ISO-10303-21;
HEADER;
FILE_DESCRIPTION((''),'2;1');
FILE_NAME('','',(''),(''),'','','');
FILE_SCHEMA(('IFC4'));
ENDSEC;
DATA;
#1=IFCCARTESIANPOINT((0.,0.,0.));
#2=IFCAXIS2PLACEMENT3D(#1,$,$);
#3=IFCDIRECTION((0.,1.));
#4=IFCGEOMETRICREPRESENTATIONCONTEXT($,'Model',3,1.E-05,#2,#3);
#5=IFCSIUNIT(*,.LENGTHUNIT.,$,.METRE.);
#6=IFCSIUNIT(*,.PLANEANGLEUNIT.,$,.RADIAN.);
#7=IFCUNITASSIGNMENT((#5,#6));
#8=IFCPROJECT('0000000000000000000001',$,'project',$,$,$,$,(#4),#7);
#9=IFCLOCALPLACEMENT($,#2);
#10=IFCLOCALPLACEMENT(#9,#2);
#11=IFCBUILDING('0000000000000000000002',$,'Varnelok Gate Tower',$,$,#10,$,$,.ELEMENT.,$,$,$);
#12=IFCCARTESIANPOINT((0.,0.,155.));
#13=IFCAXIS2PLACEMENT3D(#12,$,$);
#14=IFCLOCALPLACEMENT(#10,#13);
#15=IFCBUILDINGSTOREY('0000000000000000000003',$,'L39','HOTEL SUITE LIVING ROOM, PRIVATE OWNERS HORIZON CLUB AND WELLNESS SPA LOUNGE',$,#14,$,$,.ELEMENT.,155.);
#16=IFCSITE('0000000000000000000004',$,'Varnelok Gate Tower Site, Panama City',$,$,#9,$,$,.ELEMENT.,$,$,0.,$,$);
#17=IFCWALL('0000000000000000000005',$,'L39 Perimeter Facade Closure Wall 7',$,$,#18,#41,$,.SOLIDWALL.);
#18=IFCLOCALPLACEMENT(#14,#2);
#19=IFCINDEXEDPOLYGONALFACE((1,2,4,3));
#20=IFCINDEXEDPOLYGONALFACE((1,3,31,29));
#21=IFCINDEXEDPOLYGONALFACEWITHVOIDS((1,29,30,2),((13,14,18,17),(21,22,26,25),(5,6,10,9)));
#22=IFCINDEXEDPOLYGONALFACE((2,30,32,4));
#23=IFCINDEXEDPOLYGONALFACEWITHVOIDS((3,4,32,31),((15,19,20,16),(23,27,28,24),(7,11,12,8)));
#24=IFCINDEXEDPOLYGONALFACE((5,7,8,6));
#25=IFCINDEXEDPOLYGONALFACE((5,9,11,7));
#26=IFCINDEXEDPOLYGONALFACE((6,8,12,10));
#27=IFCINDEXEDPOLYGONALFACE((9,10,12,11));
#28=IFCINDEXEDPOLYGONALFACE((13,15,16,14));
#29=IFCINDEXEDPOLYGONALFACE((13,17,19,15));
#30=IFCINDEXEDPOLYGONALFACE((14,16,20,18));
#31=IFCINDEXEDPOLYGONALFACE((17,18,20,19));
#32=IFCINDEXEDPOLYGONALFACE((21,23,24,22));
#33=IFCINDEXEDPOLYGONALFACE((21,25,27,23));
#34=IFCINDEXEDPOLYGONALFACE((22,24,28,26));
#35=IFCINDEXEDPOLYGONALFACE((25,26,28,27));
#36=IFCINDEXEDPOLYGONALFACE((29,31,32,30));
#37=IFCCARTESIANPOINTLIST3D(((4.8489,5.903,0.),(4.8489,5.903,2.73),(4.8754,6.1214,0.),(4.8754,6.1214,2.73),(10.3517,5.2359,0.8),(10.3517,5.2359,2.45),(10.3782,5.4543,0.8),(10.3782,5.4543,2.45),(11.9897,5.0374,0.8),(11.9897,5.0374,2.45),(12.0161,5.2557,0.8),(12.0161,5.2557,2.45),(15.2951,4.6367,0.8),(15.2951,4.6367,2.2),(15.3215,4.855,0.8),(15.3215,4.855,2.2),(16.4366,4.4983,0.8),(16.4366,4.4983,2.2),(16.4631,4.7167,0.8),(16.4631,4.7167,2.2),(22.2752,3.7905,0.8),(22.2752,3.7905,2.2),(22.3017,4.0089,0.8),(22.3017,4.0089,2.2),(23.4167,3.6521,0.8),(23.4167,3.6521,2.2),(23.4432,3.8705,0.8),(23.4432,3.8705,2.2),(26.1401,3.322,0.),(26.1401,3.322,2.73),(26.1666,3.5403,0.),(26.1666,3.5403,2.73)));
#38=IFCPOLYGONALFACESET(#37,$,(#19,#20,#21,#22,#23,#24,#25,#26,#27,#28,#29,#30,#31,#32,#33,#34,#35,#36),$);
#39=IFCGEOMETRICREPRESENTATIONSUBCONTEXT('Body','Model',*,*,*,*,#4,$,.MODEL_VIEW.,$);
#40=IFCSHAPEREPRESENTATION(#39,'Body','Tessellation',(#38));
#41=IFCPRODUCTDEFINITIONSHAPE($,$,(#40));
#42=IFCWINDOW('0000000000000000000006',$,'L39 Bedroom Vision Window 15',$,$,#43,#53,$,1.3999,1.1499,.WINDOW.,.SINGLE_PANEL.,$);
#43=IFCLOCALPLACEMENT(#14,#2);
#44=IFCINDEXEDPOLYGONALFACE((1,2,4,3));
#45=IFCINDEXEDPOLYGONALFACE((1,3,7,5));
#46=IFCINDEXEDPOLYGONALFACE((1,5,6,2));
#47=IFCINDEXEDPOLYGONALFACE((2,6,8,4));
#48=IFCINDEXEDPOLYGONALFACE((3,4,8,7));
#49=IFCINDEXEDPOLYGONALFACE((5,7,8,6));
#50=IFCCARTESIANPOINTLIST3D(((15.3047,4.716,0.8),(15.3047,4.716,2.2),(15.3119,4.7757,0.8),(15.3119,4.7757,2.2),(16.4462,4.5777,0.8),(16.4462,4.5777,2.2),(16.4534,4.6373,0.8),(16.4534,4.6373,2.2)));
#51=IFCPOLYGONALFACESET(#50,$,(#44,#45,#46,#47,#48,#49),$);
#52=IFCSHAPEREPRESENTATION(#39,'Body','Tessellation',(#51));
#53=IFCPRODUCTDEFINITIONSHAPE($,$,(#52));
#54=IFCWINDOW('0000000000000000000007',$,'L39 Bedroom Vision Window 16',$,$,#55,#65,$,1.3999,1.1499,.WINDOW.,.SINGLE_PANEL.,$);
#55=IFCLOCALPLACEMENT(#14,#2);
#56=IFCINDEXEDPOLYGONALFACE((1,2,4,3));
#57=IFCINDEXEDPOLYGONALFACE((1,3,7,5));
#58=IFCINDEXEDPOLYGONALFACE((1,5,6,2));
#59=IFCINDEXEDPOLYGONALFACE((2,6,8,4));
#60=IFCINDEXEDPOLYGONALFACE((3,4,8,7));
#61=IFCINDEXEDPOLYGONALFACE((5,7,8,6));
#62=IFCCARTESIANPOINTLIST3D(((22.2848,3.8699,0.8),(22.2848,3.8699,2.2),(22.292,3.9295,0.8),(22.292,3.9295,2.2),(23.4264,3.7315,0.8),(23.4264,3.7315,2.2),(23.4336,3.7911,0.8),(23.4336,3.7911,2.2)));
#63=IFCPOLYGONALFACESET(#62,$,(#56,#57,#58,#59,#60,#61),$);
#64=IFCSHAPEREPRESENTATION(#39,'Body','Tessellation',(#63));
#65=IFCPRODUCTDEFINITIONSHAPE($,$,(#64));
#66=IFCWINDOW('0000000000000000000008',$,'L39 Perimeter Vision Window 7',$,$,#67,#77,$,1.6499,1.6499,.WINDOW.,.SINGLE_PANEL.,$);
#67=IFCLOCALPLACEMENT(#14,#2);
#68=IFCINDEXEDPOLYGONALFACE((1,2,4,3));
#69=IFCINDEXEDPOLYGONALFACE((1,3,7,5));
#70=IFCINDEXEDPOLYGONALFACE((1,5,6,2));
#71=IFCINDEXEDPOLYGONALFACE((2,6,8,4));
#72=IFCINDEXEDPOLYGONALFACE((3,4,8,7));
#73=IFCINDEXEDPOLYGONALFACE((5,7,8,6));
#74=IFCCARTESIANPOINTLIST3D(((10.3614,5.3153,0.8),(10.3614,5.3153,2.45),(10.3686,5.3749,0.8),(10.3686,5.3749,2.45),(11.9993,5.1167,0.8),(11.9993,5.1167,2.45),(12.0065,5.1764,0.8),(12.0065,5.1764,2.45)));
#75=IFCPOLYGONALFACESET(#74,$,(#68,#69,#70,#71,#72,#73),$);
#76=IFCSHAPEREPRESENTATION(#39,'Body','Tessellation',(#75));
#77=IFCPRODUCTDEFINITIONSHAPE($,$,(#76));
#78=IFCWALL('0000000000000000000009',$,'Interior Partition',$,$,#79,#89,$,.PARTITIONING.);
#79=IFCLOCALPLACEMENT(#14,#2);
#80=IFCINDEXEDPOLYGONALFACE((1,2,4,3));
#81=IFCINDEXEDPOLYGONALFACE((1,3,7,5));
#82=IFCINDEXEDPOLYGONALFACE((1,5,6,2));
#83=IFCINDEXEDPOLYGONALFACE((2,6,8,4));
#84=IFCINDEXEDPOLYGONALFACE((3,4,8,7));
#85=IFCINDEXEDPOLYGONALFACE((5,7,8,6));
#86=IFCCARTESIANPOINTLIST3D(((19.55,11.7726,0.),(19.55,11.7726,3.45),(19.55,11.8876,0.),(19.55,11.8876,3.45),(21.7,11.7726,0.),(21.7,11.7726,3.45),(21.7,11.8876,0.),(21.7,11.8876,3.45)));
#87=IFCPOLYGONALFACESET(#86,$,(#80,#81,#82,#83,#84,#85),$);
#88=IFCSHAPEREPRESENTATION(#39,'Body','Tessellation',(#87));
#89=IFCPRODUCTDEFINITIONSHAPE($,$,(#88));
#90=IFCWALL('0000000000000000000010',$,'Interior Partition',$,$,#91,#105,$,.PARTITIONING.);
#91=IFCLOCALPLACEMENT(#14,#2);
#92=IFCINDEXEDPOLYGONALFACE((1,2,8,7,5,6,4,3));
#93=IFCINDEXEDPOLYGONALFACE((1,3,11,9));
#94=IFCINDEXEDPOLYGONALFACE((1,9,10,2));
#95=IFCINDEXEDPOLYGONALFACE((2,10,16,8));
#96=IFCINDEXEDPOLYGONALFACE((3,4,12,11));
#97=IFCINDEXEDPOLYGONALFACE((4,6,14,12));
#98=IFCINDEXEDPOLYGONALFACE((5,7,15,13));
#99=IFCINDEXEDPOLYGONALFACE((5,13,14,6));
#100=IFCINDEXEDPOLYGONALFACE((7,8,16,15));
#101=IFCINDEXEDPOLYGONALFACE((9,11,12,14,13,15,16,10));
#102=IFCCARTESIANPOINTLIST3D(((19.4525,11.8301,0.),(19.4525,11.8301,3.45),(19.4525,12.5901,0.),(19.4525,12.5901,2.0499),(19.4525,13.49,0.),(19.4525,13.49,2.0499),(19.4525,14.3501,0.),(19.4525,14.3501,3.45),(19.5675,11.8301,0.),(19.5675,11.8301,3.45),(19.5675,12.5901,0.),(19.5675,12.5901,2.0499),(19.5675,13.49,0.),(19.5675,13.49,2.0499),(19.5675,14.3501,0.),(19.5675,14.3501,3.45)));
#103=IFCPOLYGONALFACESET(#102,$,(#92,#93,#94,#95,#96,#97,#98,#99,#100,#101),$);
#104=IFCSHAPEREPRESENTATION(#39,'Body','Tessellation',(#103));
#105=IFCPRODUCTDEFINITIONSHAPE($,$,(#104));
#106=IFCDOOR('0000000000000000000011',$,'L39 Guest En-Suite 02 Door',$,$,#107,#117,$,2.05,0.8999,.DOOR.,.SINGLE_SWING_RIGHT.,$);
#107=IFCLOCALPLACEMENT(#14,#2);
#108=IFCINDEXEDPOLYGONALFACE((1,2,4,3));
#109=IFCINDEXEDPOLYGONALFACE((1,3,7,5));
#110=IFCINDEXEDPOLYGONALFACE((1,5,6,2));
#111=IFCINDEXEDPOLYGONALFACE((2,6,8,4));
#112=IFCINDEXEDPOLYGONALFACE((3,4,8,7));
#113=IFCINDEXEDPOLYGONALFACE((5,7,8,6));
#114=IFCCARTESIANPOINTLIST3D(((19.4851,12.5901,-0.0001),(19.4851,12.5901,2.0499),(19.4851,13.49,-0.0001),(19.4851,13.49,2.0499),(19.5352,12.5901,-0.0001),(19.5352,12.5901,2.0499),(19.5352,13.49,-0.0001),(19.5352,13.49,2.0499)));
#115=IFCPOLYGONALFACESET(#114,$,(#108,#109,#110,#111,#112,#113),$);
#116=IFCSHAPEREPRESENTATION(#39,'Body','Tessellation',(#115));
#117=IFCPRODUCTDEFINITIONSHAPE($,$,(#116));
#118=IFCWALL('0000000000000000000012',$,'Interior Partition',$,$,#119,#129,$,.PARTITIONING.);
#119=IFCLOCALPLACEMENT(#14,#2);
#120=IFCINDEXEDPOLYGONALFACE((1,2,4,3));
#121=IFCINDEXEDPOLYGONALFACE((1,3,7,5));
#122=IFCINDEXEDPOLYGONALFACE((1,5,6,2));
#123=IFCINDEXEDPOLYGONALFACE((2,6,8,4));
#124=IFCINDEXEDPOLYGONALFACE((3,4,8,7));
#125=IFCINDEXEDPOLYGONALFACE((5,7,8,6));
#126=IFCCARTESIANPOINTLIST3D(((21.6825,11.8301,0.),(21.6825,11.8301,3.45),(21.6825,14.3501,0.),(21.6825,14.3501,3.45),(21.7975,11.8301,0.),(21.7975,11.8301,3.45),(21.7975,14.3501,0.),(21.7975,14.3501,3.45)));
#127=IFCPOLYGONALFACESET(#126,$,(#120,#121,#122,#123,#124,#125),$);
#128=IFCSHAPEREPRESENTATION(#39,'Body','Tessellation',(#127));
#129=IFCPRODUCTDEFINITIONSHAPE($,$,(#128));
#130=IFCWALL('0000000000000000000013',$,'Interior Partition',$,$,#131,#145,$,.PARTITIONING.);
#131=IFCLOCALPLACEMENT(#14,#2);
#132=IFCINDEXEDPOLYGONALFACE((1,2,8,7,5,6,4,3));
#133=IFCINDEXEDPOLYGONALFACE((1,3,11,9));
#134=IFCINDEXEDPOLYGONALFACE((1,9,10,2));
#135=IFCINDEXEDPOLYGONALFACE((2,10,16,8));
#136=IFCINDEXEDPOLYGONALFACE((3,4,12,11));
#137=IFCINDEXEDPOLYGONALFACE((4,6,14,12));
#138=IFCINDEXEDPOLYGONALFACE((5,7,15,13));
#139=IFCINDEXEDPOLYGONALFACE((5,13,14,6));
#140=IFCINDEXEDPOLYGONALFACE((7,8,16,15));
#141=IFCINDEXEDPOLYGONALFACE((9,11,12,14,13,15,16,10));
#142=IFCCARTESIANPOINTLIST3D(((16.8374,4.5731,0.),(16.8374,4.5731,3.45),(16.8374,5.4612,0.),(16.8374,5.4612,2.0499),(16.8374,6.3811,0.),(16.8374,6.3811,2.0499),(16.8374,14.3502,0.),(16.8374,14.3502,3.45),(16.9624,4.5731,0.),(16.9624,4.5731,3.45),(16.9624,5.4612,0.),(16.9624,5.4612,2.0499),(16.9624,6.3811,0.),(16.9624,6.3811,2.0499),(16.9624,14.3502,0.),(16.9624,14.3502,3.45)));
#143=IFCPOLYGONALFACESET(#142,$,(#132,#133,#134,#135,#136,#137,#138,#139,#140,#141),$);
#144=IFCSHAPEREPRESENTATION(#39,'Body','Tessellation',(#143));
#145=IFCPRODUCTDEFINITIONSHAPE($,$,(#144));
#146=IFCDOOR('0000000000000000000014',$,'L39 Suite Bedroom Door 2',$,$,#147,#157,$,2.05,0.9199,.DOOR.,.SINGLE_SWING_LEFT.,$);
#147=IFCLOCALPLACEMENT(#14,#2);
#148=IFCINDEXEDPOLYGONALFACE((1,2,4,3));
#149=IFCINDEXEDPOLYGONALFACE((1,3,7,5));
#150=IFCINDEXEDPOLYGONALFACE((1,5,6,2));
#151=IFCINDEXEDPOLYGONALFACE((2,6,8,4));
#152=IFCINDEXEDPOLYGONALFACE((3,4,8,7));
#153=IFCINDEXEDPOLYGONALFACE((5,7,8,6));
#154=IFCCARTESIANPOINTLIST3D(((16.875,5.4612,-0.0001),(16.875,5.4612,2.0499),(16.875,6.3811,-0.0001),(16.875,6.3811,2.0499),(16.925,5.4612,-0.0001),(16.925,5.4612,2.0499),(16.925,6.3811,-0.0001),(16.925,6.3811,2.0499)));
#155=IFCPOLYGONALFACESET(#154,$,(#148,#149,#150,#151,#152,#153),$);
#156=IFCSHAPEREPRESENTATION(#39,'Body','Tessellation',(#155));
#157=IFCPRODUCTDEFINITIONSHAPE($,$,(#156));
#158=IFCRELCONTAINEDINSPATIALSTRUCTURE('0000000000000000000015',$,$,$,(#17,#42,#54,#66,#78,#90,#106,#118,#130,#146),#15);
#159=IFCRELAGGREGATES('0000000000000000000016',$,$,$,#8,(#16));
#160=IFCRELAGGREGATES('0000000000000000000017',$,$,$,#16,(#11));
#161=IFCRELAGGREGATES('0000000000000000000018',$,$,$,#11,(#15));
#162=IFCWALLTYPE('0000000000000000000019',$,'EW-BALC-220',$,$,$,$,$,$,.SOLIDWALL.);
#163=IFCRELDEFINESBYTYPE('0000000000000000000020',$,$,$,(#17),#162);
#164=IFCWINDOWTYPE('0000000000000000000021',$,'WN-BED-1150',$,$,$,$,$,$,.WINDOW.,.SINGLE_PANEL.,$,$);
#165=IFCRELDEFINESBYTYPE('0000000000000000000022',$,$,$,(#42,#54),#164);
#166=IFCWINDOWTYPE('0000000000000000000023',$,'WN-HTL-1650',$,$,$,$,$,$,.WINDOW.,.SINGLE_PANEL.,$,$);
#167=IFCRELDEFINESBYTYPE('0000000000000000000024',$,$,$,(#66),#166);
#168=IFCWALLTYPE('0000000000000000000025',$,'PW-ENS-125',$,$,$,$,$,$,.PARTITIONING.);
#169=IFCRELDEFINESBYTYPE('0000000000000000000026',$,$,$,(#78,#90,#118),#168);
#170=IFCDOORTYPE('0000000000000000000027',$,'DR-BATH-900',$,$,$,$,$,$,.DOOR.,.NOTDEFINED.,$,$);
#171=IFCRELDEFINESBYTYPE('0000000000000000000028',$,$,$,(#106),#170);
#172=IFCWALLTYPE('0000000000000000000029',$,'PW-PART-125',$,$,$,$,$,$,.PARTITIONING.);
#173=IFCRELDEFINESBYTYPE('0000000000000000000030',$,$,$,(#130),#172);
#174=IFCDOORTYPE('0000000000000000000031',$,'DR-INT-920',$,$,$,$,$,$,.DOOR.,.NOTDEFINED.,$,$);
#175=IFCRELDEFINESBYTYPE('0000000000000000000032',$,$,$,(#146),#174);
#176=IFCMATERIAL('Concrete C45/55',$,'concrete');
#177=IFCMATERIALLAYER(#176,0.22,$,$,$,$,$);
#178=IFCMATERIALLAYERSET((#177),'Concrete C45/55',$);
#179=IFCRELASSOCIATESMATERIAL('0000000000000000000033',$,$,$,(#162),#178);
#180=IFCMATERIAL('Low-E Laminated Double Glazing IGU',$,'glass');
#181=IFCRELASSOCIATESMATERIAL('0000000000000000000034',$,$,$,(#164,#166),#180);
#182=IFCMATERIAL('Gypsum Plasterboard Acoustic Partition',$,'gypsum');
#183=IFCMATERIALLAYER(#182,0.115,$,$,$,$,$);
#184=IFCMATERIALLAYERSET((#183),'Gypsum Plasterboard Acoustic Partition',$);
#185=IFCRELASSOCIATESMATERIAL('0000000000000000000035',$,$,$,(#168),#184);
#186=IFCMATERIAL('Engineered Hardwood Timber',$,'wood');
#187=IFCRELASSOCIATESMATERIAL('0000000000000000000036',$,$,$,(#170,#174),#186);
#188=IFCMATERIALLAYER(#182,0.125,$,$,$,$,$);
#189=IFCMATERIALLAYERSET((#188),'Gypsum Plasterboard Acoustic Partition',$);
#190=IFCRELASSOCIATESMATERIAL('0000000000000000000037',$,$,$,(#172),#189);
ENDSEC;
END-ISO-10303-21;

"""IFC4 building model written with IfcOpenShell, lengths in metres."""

from ifc_helpers import new_model, si_unit, direction, frame, frame_2d, origin, place, context, subcontext, project, spatial, rectangle, extrude, material, layer, layer_set, type_object, element, fill, save


model = new_model("IFC4")

# Units and contexts
model_context = context("Model", 3, precision=1e-05, world=origin(), true_north=direction((0.0, 1.0)))
body_context = subcontext(model_context, "Body", "Model", "MODEL_VIEW")
ifc_project = project(units=[si_unit("LENGTHUNIT", "METRE"), si_unit("PLANEANGLEUNIT", "RADIAN")], contexts=[model_context])

# Site, building, storey
site_placement = place(None, origin())
site = spatial("IfcSite", under=ifc_project, at=site_placement, Name="Varnelok Gate Tower Site, Panama City", CompositionType="ELEMENT", RefElevation=0.0)
building_placement = place(site_placement, origin())
building = spatial("IfcBuilding", under=site, at=building_placement, Name="Varnelok Gate Tower", CompositionType="ELEMENT")
storey_placement = place(building_placement, frame((0.0, 0.0, 155.0)))
storey = spatial("IfcBuildingStorey", under=building, at=storey_placement, Name="L39", Description="HOTEL SUITE LIVING ROOM, PRIVATE OWNERS HORIZON CLUB AND WELLNESS SPA LOUNGE", CompositionType="ELEMENT", Elevation=155.0)

# Shared definitions
ifc_material_1 = material(Name="Concrete C45/55", Category="concrete")

# Shared definitions
ifc_layer_1 = layer(ifc_material_1, 0.22)
ifc_layer_set_1 = layer_set([ifc_layer_1], Name="Concrete C45/55")
wall_type_1 = type_object("IfcWallType", Name="EW-BALC-220", PredefinedType="SOLIDWALL", material=ifc_layer_set_1)

# Wall, openings, windows
wall_1_placement = place(storey_placement, frame((4.8621, 6.0122, 0.0), z_axis=(0.0, 0.0, 1.0), x_axis=(0.992732, -0.120345, 0.0)))
wall_1 = element("IfcWall", 1, at=wall_1_placement, inside=storey, type_object=wall_type_1, Name="L39 Perimeter Facade Closure Wall 7", PredefinedType="SOLIDWALL", context=body_context, shape_type="SweptSolid", body=[
    extrude(rectangle(XDim=21.447, YDim=0.22, at=frame_2d((10.7236, 0.0))), origin(), (0.0, 0.0, 1.0), 2.73),
])
opening_1_placement = place(wall_1_placement, frame((5.5432, 0.0, 0.8)))
opening_1 = element("IfcOpeningElement", 2, at=opening_1_placement, cuts=wall_1, PredefinedType="OPENING", context=body_context, shape_type="SweptSolid", body=[
    extrude(rectangle(XDim=1.6499, YDim=1.6499, at=frame_2d((0.825, 0.825))), frame((0.0, 0.1199, 0.0), z_axis=(0.0, -1.0, 0.0), x_axis=(1.0, 0.0, 0.0)), (0.0, 0.0, 1.0), 0.24),
])
opening_2_placement = place(wall_1_placement, frame((10.5227, 0.0, 0.8)))
opening_2 = element("IfcOpeningElement", 3, at=opening_2_placement, cuts=wall_1, PredefinedType="OPENING", context=body_context, shape_type="SweptSolid", body=[
    extrude(rectangle(XDim=1.1499, YDim=1.3999, at=frame_2d((0.575, 0.7))), frame((0.0, 0.1199, 0.0), z_axis=(0.0, -1.0, 0.0), x_axis=(1.0, 0.0, 0.0)), (0.0, 0.0, 1.0), 0.24),
])
opening_3_placement = place(wall_1_placement, frame((17.554, 0.0, 0.8)))
opening_3 = element("IfcOpeningElement", 4, at=opening_3_placement, cuts=wall_1, PredefinedType="OPENING", context=body_context, shape_type="SweptSolid", body=[
    extrude(rectangle(XDim=1.1499, YDim=1.3999, at=frame_2d((0.575, 0.7))), frame((0.0, 0.1199, 0.0), z_axis=(0.0, -1.0, 0.0), x_axis=(1.0, 0.0, 0.0)), (0.0, 0.0, 1.0), 0.24),
])
ifc_material_2 = material(Name="Low-E Laminated Double Glazing IGU", Category="glass")
window_type_1 = type_object("IfcWindowType", Name="WN-BED-1150", PartitioningType="SINGLE_PANEL", PredefinedType="WINDOW", material=ifc_material_2)
window_1_placement = place(opening_2_placement, origin())
window_1 = element("IfcWindow", 5, at=window_1_placement, inside=storey, type_object=window_type_1, Name="L39 Bedroom Vision Window 15", OverallHeight=1.3999, OverallWidth=1.1499, PartitioningType="SINGLE_PANEL", PredefinedType="WINDOW", context=body_context, shape_type="SweptSolid", body=[
    extrude(rectangle(XDim=1.1499, YDim=1.3999, at=frame_2d((0.575, 0.7))), frame((0.0, 0.03, 0.0), z_axis=(0.0, -1.0, 0.0), x_axis=(1.0, 0.0, 0.0)), (0.0, 0.0, 1.0), 0.0601),
])
fill(opening_2, window_1)
window_2_placement = place(opening_3_placement, origin())
window_2 = element("IfcWindow", 6, at=window_2_placement, inside=storey, type_object=window_type_1, Name="L39 Bedroom Vision Window 16", OverallHeight=1.3999, OverallWidth=1.1499, PartitioningType="SINGLE_PANEL", PredefinedType="WINDOW", context=body_context, shape_type="SweptSolid", body=[
    extrude(rectangle(XDim=1.1499, YDim=1.3999, at=frame_2d((0.575, 0.7))), frame((0.0, 0.03, 0.0), z_axis=(0.0, -1.0, 0.0), x_axis=(1.0, 0.0, 0.0)), (0.0, 0.0, 1.0), 0.0601),
])
fill(opening_3, window_2)
window_type_2 = type_object("IfcWindowType", Name="WN-HTL-1650", PartitioningType="SINGLE_PANEL", PredefinedType="WINDOW", material=ifc_material_2)
window_3_placement = place(opening_1_placement, origin())
window_3 = element("IfcWindow", 7, at=window_3_placement, inside=storey, type_object=window_type_2, Name="L39 Perimeter Vision Window 7", OverallHeight=1.6499, OverallWidth=1.6499, PartitioningType="SINGLE_PANEL", PredefinedType="WINDOW", context=body_context, shape_type="SweptSolid", body=[
    extrude(rectangle(XDim=1.6499, YDim=1.6499, at=frame_2d((0.825, 0.825))), frame((0.0, 0.03, 0.0), z_axis=(0.0, -1.0, 0.0), x_axis=(1.0, 0.0, 0.0)), (0.0, 0.0, 1.0), 0.0601),
])
fill(opening_1, window_3)

# Wall
ifc_material_3 = material(Name="Gypsum Plasterboard Acoustic Partition", Category="gypsum")
ifc_layer_2 = layer(ifc_material_3, 0.115)
ifc_layer_set_2 = layer_set([ifc_layer_2], Name="Gypsum Plasterboard Acoustic Partition")
wall_type_2 = type_object("IfcWallType", Name="PW-ENS-125", PredefinedType="PARTITIONING", material=ifc_layer_set_2)
wall_2_placement = place(storey_placement, frame((19.55, 11.8301, 0.0), z_axis=(0.0, 0.0, 1.0), x_axis=(1.0, 0.0, 0.0)))
element("IfcWall", 8, at=wall_2_placement, inside=storey, type_object=wall_type_2, Name="Interior Partition", PredefinedType="PARTITIONING", context=body_context, shape_type="SweptSolid", body=[
    extrude(rectangle(XDim=2.1499, YDim=0.115, at=frame_2d((1.075, 0.0))), origin(), (0.0, 0.0, 1.0), 3.45),
])

# Wall, opening, door
wall_3_placement = place(storey_placement, frame((19.51, 11.8301, 0.0), z_axis=(0.0, 0.0, 1.0), x_axis=(0.0, 1.0, 0.0)))
wall_3 = element("IfcWall", 9, at=wall_3_placement, inside=storey, type_object=wall_type_2, Name="Interior Partition", PredefinedType="PARTITIONING", context=body_context, shape_type="SweptSolid", body=[
    extrude(rectangle(XDim=2.52, YDim=0.115, at=frame_2d((1.26, 0.0))), origin(), (0.0, 0.0, 1.0), 3.45),
])
opening_4_placement = place(wall_3_placement, frame((0.76, 0.0, 0.0)))
opening_4 = element("IfcOpeningElement", 10, at=opening_4_placement, cuts=wall_3, PredefinedType="OPENING", context=body_context, shape_type="SweptSolid", body=[
    extrude(rectangle(XDim=0.8999, YDim=2.05, at=frame_2d((0.45, 1.0249))), frame((0.0, 0.0674, 0.0), z_axis=(0.0, -1.0, 0.0), x_axis=(1.0, 0.0, 0.0)), (0.0, 0.0, 1.0), 0.135),
])
ifc_material_4 = material(Name="Engineered Hardwood Timber", Category="wood")
door_type_1 = type_object("IfcDoorType", Name="DR-BATH-900", OperationType="NOTDEFINED", PredefinedType="DOOR", material=ifc_material_4)
door_1_placement = place(opening_4_placement, origin())
door_1 = element("IfcDoor", 11, at=door_1_placement, inside=storey, type_object=door_type_1, Name="L39 Guest En-Suite 02 Door", OperationType="SINGLE_SWING_RIGHT", OverallHeight=2.05, OverallWidth=0.8999, PredefinedType="DOOR", context=body_context, shape_type="SweptSolid", body=[
    extrude(rectangle(XDim=0.8999, YDim=2.05, at=frame_2d((0.45, 1.0249))), frame((0.0, 0.0249, 0.0), z_axis=(0.0, -1.0, 0.0), x_axis=(1.0, 0.0, 0.0)), (0.0, 0.0, 1.0), 0.05),
])
fill(opening_4, door_1)

# Wall
wall_4_placement = place(storey_placement, frame((21.74, 11.8301, 0.0), z_axis=(0.0, 0.0, 1.0), x_axis=(0.0, 1.0, 0.0)))
element("IfcWall", 12, at=wall_4_placement, inside=storey, type_object=wall_type_2, Name="Interior Partition", PredefinedType="PARTITIONING", context=body_context, shape_type="SweptSolid", body=[
    extrude(rectangle(XDim=2.52, YDim=0.115, at=frame_2d((1.26, 0.0))), origin(), (0.0, 0.0, 1.0), 3.45),
])

# Wall, opening, door
ifc_layer_3 = layer(ifc_material_3, 0.125)
ifc_layer_set_3 = layer_set([ifc_layer_3], Name="Gypsum Plasterboard Acoustic Partition")
wall_type_3 = type_object("IfcWallType", Name="PW-PART-125", PredefinedType="PARTITIONING", material=ifc_layer_set_3)
wall_5_placement = place(storey_placement, frame((16.8999, 4.573, 0.0), z_axis=(0.0, 0.0, 1.0), x_axis=(0.0, 1.0, 0.0)))
wall_5 = element("IfcWall", 13, at=wall_5_placement, inside=storey, type_object=wall_type_3, Name="Interior Partition", PredefinedType="PARTITIONING", context=body_context, shape_type="SweptSolid", body=[
    extrude(rectangle(XDim=9.7771, YDim=0.125, at=frame_2d((4.8887, 0.0))), origin(), (0.0, 0.0, 1.0), 3.45),
])
opening_5_placement = place(wall_5_placement, frame((0.8882, 0.0, 0.0)))
opening_5 = element("IfcOpeningElement", 14, at=opening_5_placement, cuts=wall_5, PredefinedType="OPENING", context=body_context, shape_type="SweptSolid", body=[
    extrude(rectangle(XDim=0.9199, YDim=2.05, at=frame_2d((0.46, 1.0249))), frame((0.0, 0.0725, 0.0), z_axis=(0.0, -1.0, 0.0), x_axis=(1.0, 0.0, 0.0)), (0.0, 0.0, 1.0), 0.145),
])
door_type_2 = type_object("IfcDoorType", Name="DR-INT-920", OperationType="NOTDEFINED", PredefinedType="DOOR", material=ifc_material_4)
door_2_placement = place(opening_5_placement, origin())
door_2 = element("IfcDoor", 15, at=door_2_placement, inside=storey, type_object=door_type_2, Name="L39 Suite Bedroom Door 2", OperationType="SINGLE_SWING_LEFT", OverallHeight=2.05, OverallWidth=0.9199, PredefinedType="DOOR", context=body_context, shape_type="SweptSolid", body=[
    extrude(rectangle(XDim=0.9199, YDim=2.05, at=frame_2d((0.46, 1.0249))), frame((0.0, 0.0249, 0.0), z_axis=(0.0, -1.0, 0.0), x_axis=(1.0, 0.0, 0.0)), (0.0, 0.0, 1.0), 0.05),
])
fill(opening_5, door_2)

save(model, "model.ifc")
